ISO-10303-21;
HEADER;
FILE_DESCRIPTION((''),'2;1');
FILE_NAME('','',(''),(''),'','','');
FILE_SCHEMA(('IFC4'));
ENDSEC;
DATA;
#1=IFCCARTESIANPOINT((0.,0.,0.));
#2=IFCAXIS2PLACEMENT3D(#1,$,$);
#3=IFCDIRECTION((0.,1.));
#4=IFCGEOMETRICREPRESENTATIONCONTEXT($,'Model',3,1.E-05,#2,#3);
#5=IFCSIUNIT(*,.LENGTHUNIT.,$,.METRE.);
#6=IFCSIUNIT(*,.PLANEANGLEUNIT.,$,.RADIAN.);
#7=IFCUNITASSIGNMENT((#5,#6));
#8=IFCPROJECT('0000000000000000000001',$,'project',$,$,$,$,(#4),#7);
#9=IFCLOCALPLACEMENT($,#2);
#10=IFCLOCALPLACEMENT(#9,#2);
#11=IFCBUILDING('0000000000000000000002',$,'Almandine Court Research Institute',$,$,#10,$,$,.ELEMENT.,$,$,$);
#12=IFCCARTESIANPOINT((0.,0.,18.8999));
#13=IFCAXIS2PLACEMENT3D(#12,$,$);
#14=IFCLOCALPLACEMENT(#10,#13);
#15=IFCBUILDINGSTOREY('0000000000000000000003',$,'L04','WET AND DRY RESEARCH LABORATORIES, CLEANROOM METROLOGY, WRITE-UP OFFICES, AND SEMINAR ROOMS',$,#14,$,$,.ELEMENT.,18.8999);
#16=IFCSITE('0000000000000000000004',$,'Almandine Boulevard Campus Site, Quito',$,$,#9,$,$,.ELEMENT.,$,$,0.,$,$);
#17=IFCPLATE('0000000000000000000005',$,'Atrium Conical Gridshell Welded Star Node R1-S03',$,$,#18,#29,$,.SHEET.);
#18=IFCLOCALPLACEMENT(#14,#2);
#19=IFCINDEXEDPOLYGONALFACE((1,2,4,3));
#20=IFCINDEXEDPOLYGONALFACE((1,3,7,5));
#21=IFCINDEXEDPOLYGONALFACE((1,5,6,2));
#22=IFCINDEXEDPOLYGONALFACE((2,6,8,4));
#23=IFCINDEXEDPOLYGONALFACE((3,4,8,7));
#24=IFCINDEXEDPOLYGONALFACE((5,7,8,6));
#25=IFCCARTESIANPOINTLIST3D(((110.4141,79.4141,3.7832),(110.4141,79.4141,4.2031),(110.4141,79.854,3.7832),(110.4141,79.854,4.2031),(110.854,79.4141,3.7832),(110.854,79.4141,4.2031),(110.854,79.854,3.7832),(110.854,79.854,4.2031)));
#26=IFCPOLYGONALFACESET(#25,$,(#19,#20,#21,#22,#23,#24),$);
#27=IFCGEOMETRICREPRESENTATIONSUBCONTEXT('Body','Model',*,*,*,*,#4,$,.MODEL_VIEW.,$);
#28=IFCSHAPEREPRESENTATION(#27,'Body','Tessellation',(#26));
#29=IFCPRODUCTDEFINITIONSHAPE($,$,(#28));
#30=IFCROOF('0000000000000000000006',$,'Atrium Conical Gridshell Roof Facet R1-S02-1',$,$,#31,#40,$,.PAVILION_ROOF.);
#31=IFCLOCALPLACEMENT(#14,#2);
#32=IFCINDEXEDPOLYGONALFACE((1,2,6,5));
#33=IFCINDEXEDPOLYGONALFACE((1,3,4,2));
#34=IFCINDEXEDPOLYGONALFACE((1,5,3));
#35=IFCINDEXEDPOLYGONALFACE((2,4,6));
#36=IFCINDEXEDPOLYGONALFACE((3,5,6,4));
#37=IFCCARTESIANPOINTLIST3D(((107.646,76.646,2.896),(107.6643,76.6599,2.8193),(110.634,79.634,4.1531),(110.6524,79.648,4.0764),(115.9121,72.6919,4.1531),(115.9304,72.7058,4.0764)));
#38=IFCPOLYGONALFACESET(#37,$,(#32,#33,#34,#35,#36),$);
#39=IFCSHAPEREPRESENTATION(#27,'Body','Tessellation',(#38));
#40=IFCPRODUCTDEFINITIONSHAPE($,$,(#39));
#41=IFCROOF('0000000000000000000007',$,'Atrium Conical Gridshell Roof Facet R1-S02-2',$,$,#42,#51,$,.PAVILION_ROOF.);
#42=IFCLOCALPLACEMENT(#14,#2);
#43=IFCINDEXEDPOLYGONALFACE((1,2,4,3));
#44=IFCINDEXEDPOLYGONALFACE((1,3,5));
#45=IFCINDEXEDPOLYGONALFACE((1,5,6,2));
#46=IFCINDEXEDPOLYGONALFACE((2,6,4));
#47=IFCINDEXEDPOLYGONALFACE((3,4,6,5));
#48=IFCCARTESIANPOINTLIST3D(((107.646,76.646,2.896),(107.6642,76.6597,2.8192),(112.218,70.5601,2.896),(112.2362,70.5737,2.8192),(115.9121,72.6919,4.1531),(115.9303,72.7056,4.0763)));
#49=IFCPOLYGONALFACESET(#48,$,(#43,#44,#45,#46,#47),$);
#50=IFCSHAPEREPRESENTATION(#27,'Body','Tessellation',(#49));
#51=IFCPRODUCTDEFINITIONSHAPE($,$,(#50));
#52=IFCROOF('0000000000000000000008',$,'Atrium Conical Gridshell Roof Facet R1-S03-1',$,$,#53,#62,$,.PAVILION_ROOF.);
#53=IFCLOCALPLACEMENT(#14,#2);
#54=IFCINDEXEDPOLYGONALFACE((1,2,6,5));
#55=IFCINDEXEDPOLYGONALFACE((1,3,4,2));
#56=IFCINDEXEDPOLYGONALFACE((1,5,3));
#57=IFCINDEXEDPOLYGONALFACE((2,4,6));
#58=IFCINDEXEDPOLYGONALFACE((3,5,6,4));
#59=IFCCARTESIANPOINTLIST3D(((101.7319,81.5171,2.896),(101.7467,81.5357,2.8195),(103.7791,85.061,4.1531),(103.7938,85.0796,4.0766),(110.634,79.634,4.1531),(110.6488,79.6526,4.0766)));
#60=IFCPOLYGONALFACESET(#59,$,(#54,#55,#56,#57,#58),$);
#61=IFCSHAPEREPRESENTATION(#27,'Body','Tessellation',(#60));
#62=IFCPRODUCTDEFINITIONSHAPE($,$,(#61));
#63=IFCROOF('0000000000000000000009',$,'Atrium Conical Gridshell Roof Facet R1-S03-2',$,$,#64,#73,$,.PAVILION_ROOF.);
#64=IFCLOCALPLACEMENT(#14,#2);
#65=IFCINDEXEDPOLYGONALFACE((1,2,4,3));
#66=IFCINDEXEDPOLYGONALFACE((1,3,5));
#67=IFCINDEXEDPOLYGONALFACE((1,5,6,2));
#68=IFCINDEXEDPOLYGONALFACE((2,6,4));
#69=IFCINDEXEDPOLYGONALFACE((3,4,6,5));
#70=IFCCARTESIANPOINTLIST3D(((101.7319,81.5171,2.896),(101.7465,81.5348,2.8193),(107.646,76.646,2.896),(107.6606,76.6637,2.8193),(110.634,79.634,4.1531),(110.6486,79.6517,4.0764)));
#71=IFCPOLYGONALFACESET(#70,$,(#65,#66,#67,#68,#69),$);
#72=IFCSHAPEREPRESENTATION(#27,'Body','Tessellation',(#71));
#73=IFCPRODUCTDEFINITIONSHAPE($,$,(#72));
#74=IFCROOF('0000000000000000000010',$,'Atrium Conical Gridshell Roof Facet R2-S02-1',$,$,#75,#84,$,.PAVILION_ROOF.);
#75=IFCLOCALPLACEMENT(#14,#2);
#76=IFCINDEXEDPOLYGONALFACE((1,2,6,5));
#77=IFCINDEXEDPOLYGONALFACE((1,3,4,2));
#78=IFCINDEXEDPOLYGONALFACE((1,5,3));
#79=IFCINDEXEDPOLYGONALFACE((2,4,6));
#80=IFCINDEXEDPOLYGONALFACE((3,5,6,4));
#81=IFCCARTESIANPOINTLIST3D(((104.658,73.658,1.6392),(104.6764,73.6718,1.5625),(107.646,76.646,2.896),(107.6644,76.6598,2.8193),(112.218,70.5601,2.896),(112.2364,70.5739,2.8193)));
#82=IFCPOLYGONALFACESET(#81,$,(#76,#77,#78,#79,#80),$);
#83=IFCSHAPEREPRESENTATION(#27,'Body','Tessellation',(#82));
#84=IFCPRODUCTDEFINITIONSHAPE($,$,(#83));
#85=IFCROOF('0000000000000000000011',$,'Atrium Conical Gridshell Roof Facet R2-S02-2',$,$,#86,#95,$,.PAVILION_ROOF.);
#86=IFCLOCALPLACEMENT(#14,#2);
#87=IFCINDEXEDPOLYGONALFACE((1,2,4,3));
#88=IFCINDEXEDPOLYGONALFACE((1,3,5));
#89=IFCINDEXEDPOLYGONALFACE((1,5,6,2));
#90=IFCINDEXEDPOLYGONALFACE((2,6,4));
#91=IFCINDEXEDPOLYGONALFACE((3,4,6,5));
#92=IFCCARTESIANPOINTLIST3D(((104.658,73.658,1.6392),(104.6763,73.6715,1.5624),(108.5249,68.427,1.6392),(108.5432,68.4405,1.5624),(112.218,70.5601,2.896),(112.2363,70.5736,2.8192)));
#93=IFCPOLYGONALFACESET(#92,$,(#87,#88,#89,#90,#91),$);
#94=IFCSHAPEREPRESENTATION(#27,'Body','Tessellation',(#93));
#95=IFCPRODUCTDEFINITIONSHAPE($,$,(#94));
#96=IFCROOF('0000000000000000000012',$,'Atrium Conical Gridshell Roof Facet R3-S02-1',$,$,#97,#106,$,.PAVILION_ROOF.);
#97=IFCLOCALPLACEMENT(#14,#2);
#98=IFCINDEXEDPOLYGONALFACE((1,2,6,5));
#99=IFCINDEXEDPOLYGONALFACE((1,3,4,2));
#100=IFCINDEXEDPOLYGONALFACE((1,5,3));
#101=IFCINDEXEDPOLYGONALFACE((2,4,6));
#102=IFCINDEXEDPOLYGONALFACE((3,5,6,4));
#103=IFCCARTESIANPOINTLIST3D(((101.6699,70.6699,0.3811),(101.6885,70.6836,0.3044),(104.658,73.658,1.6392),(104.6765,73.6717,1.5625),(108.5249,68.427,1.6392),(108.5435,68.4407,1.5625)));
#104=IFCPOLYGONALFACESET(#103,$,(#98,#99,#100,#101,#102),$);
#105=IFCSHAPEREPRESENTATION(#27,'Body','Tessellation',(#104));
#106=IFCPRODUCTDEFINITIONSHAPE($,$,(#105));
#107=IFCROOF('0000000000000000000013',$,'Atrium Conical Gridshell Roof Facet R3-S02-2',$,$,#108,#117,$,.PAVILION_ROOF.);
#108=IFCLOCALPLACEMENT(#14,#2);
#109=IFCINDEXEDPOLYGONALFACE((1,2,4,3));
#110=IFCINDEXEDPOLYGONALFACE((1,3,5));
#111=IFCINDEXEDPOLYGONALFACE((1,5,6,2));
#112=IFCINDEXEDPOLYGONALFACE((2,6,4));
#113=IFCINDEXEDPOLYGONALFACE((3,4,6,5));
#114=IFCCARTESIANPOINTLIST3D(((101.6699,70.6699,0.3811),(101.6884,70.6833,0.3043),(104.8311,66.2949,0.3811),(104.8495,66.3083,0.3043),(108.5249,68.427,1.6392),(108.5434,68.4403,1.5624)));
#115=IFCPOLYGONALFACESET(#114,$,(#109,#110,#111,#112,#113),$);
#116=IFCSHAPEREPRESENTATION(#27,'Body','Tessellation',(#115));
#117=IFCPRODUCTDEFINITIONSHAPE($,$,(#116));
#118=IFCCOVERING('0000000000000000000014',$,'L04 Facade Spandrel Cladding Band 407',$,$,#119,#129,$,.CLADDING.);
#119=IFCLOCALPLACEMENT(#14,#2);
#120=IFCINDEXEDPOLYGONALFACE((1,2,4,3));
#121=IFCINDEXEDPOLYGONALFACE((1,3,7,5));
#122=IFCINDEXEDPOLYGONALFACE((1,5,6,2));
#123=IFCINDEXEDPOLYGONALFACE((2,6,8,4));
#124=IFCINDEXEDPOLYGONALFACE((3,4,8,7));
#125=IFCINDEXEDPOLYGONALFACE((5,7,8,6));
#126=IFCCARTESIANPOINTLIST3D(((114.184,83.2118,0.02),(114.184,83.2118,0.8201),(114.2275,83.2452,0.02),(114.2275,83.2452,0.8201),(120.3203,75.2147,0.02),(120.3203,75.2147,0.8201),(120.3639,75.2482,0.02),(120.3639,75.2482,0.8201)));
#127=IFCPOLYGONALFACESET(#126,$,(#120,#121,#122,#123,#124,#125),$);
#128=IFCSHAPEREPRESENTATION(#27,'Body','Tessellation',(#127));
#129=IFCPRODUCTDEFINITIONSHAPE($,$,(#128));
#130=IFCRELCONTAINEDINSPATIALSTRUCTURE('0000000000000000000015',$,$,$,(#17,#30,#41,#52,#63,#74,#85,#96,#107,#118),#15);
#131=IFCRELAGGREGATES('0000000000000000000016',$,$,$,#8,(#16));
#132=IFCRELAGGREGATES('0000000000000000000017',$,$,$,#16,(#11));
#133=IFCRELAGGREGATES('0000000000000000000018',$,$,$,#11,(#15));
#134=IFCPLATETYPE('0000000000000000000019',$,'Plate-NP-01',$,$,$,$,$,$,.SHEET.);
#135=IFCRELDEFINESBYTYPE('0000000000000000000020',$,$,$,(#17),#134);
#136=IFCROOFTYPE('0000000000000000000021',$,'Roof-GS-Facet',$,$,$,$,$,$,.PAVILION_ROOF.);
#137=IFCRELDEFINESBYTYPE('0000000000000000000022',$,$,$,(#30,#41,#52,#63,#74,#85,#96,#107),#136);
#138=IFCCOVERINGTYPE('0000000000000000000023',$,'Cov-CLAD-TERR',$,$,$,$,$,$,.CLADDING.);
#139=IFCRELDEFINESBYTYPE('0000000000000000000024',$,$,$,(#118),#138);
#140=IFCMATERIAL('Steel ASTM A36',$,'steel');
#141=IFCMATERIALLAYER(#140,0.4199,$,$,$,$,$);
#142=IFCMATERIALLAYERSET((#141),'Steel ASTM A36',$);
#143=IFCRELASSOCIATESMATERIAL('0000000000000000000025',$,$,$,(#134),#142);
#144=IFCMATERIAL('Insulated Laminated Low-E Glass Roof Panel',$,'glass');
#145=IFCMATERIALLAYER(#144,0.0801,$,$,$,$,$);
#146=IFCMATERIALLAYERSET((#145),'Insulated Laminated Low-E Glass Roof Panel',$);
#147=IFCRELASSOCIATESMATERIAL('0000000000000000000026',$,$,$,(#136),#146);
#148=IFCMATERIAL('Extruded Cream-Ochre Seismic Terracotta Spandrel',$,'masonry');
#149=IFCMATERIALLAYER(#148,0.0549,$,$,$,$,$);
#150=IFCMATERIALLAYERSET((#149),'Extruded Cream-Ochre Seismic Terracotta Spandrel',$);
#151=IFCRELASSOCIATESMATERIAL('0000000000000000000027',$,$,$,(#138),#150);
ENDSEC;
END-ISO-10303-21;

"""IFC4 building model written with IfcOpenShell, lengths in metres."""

from ifc_helpers import new_model, si_unit, direction, frame, origin, origin_2d, place, context, subcontext, project, spatial, polyline, rectangle, outline, extrude, material, layer, layer_set, type_object, element, save


model = new_model("IFC4")

# Units and contexts
model_context = context("Model", 3, precision=1e-05, world=origin(), true_north=direction((0.0, 1.0)))
body_context = subcontext(model_context, "Body", "Model", "MODEL_VIEW")
ifc_project = project(units=[si_unit("LENGTHUNIT", "METRE"), si_unit("PLANEANGLEUNIT", "RADIAN")], contexts=[model_context])

# Site, building, storey
site_placement = place(None, origin())
site = spatial("IfcSite", under=ifc_project, at=site_placement, Name="Almandine Boulevard Campus Site, Quito", CompositionType="ELEMENT", RefElevation=0.0)
building_placement = place(site_placement, origin())
building = spatial("IfcBuilding", under=site, at=building_placement, Name="Almandine Court Research Institute", CompositionType="ELEMENT")
storey_placement = place(building_placement, frame((0.0, 0.0, 18.8999)))
storey = spatial("IfcBuildingStorey", under=building, at=storey_placement, Name="L04", Description="WET AND DRY RESEARCH LABORATORIES, CLEANROOM METROLOGY, WRITE-UP OFFICES, AND SEMINAR ROOMS", CompositionType="ELEMENT", Elevation=18.8999)

# Plate
ifc_material_1 = material(Name="Steel ASTM A36", Category="steel")
ifc_layer_1 = layer(ifc_material_1, 0.4199)
ifc_layer_set_1 = layer_set([ifc_layer_1], Name="Steel ASTM A36")
plate_type = type_object("IfcPlateType", Name="Plate-NP-01", PredefinedType="SHEET", material=ifc_layer_set_1)
for number, where, z_axis, x_axis, name in (
    (1, (110.634, 79.634, 3.7832), (0.0, 0.0, 1.0), (1.0, 0.0, 0.0), "Atrium Conical Gridshell Welded Star Node R1-S03"),
):
    element("IfcPlate", number, at=place(storey_placement, frame(where, z_axis=z_axis, x_axis=x_axis)), inside=storey, type_object=plate_type, Name=name, PredefinedType="SHEET", context=body_context, shape_type="SweptSolid", body=[
        extrude(rectangle(XDim=0.4399, YDim=0.4399, at=origin_2d()), origin(), (0.0, 0.0, 1.0), 0.4199),
    ])

# Roofs
ifc_material_2 = material(Name="Insulated Laminated Low-E Glass Roof Panel", Category="glass")
ifc_layer_2 = layer(ifc_material_2, 0.0801)
ifc_layer_set_2 = layer_set([ifc_layer_2], Name="Insulated Laminated Low-E Glass Roof Panel")
roof_type = type_object("IfcRoofType", Name="Roof-GS-Facet", PredefinedType="PAVILION_ROOF", material=ifc_layer_set_2)
roof_1_placement = place(storey_placement, frame((115.9121, 72.6919, 4.1531), z_axis=(-0.228903, -0.174034, 0.957766), x_axis=(-0.605232, 0.796049, 0.0)))
element("IfcRoof", 2, at=roof_1_placement, inside=storey, type_object=roof_type, Name="Atrium Conical Gridshell Roof Facet R1-S02-1", PredefinedType="PAVILION_ROOF", context=body_context, shape_type="SweptSolid", body=[
    extrude(outline(polyline([(0.0, 0.0), (8.7207, 0.0), (8.1506, 4.3717), (0.0, 0.0)])), origin(), (0.0, 0.0, -1.0), 0.0801),
])
roof_2_placement = place(storey_placement, frame((115.9121, 72.6919, 4.1531), z_axis=(-0.227563, -0.170955, 0.958639), x_axis=(-0.893732, 0.427517, -0.135915)))
element("IfcRoof", 3, at=roof_2_placement, inside=storey, type_object=roof_type, Name="Atrium Conical Gridshell Roof Facet R1-S02-2", PredefinedType="PAVILION_ROOF", context=body_context, shape_type="SweptSolid", body=[
    extrude(outline(polyline([(0.0, 0.0), (9.249, 0.0), (2.561, 3.6349), (0.0, 0.0)])), origin(), (0.0, 0.0, -1.0), 0.0801),
])
roof_3_placement = place(storey_placement, frame((110.634, 79.634, 4.1531), z_axis=(-0.184034, -0.232458, 0.955037), x_axis=(-0.784038, 0.620713, 0.0)))
element("IfcRoof", 4, at=roof_3_placement, inside=storey, type_object=roof_type, Name="Atrium Conical Gridshell Roof Facet R1-S03-1", PredefinedType="PAVILION_ROOF", context=body_context, shape_type="SweptSolid", body=[
    extrude(outline(polyline([(0.0, 0.0), (8.7432, 0.0), (8.1484, 4.2399), (0.0, 0.0)])), origin(), (0.0, 0.0, -1.0), 0.0801),
])
roof_4_placement = place(storey_placement, frame((110.634, 79.634, 4.1531), z_axis=(-0.182053, -0.221033, 0.958124), x_axis=(-0.969146, 0.205003, -0.136855)))
element("IfcRoof", 5, at=roof_4_placement, inside=storey, type_object=roof_type, Name="Atrium Conical Gridshell Roof Facet R1-S03-2", PredefinedType="PAVILION_ROOF", context=body_context, shape_type="SweptSolid", body=[
    extrude(outline(polyline([(0.0, 0.0), (9.1855, 0.0), (2.4553, 3.6617), (0.0, 0.0)])), origin(), (0.0, 0.0, -1.0), 0.0801),
])
roof_5_placement = place(storey_placement, frame((112.218, 70.5601, 2.896), z_axis=(-0.23003, -0.172808, 0.957718), x_axis=(-0.600636, 0.799522, 0.0)))
element("IfcRoof", 6, at=roof_5_placement, inside=storey, type_object=roof_type, Name="Atrium Conical Gridshell Roof Facet R2-S02-1", PredefinedType="PAVILION_ROOF", context=body_context, shape_type="SweptSolid", body=[
    extrude(outline(polyline([(0.0, 0.0), (7.612, 0.0), (7.0177, 4.3684), (0.0, 0.0)])), origin(), (0.0, 0.0, -1.0), 0.0801),
])
roof_6_placement = place(storey_placement, frame((112.218, 70.5601, 2.896), z_axis=(-0.228647, -0.169025, 0.958724), x_axis=(-0.914568, 0.374764, -0.152044)))
element("IfcRoof", 7, at=roof_6_placement, inside=storey, type_object=roof_type, Name="Atrium Conical Gridshell Roof Facet R2-S02-2", PredefinedType="PAVILION_ROOF", context=body_context, shape_type="SweptSolid", body=[
    extrude(outline(polyline([(0.0, 0.0), (8.2663, 0.0), (2.7693, 3.4785), (0.0, 0.0)])), origin(), (0.0, 0.0, -1.0), 0.0801),
])
roof_7_placement = place(storey_placement, frame((108.5249, 68.427, 1.6392), z_axis=(-0.231802, -0.171357, 0.957551), x_axis=(-0.594449, 0.804133, 0.0)))
element("IfcRoof", 8, at=roof_7_placement, inside=storey, type_object=roof_type, Name="Atrium Conical Gridshell Roof Facet R3-S02-1", PredefinedType="PAVILION_ROOF", context=body_context, shape_type="SweptSolid", body=[
    extrude(outline(polyline([(0.0, 0.0), (6.5051, 0.0), (5.8785, 4.3643), (0.0, 0.0)])), origin(), (0.0, 0.0, -1.0), 0.0801),
])
roof_8_placement = place(storey_placement, frame((108.5249, 68.427, 1.6392), z_axis=(-0.230429, -0.166495, 0.95874), x_axis=(-0.936283, 0.306348, -0.171831)))
element("IfcRoof", 9, at=roof_8_placement, inside=storey, type_object=roof_type, Name="Atrium Conical Gridshell Roof Facet R3-S02-2", PredefinedType="PAVILION_ROOF", context=body_context, shape_type="SweptSolid", body=[
    extrude(outline(polyline([(0.0, 0.0), (7.3215, 0.0), (3.0215, 3.2624), (0.0, 0.0)])), origin(), (0.0, 0.0, -1.0), 0.0801),
])

# Covering
ifc_material_3 = material(Name="Extruded Cream-Ochre Seismic Terracotta Spandrel", Category="masonry")
ifc_layer_3 = layer(ifc_material_3, 0.0549)
ifc_layer_set_3 = layer_set([ifc_layer_3], Name="Extruded Cream-Ochre Seismic Terracotta Spandrel")
covering_type = type_object("IfcCoveringType", Name="Cov-CLAD-TERR", PredefinedType="CLADDING", material=ifc_layer_set_3)
covering_placement = place(storey_placement, frame((117.2739, 79.23, 0.02), z_axis=(0.0, 0.0, 1.0), x_axis=(-0.608761, 0.793353, 0.0)))
element("IfcCovering", 10, at=covering_placement, inside=storey, type_object=covering_type, Name="L04 Facade Spandrel Cladding Band 407", PredefinedType="CLADDING", context=body_context, shape_type="SweptSolid", body=[
    extrude(rectangle(XDim=10.0801, YDim=0.0549, at=origin_2d()), origin(), (0.0, 0.0, 1.0), 0.8),
])

save(model, "model.ifc")
